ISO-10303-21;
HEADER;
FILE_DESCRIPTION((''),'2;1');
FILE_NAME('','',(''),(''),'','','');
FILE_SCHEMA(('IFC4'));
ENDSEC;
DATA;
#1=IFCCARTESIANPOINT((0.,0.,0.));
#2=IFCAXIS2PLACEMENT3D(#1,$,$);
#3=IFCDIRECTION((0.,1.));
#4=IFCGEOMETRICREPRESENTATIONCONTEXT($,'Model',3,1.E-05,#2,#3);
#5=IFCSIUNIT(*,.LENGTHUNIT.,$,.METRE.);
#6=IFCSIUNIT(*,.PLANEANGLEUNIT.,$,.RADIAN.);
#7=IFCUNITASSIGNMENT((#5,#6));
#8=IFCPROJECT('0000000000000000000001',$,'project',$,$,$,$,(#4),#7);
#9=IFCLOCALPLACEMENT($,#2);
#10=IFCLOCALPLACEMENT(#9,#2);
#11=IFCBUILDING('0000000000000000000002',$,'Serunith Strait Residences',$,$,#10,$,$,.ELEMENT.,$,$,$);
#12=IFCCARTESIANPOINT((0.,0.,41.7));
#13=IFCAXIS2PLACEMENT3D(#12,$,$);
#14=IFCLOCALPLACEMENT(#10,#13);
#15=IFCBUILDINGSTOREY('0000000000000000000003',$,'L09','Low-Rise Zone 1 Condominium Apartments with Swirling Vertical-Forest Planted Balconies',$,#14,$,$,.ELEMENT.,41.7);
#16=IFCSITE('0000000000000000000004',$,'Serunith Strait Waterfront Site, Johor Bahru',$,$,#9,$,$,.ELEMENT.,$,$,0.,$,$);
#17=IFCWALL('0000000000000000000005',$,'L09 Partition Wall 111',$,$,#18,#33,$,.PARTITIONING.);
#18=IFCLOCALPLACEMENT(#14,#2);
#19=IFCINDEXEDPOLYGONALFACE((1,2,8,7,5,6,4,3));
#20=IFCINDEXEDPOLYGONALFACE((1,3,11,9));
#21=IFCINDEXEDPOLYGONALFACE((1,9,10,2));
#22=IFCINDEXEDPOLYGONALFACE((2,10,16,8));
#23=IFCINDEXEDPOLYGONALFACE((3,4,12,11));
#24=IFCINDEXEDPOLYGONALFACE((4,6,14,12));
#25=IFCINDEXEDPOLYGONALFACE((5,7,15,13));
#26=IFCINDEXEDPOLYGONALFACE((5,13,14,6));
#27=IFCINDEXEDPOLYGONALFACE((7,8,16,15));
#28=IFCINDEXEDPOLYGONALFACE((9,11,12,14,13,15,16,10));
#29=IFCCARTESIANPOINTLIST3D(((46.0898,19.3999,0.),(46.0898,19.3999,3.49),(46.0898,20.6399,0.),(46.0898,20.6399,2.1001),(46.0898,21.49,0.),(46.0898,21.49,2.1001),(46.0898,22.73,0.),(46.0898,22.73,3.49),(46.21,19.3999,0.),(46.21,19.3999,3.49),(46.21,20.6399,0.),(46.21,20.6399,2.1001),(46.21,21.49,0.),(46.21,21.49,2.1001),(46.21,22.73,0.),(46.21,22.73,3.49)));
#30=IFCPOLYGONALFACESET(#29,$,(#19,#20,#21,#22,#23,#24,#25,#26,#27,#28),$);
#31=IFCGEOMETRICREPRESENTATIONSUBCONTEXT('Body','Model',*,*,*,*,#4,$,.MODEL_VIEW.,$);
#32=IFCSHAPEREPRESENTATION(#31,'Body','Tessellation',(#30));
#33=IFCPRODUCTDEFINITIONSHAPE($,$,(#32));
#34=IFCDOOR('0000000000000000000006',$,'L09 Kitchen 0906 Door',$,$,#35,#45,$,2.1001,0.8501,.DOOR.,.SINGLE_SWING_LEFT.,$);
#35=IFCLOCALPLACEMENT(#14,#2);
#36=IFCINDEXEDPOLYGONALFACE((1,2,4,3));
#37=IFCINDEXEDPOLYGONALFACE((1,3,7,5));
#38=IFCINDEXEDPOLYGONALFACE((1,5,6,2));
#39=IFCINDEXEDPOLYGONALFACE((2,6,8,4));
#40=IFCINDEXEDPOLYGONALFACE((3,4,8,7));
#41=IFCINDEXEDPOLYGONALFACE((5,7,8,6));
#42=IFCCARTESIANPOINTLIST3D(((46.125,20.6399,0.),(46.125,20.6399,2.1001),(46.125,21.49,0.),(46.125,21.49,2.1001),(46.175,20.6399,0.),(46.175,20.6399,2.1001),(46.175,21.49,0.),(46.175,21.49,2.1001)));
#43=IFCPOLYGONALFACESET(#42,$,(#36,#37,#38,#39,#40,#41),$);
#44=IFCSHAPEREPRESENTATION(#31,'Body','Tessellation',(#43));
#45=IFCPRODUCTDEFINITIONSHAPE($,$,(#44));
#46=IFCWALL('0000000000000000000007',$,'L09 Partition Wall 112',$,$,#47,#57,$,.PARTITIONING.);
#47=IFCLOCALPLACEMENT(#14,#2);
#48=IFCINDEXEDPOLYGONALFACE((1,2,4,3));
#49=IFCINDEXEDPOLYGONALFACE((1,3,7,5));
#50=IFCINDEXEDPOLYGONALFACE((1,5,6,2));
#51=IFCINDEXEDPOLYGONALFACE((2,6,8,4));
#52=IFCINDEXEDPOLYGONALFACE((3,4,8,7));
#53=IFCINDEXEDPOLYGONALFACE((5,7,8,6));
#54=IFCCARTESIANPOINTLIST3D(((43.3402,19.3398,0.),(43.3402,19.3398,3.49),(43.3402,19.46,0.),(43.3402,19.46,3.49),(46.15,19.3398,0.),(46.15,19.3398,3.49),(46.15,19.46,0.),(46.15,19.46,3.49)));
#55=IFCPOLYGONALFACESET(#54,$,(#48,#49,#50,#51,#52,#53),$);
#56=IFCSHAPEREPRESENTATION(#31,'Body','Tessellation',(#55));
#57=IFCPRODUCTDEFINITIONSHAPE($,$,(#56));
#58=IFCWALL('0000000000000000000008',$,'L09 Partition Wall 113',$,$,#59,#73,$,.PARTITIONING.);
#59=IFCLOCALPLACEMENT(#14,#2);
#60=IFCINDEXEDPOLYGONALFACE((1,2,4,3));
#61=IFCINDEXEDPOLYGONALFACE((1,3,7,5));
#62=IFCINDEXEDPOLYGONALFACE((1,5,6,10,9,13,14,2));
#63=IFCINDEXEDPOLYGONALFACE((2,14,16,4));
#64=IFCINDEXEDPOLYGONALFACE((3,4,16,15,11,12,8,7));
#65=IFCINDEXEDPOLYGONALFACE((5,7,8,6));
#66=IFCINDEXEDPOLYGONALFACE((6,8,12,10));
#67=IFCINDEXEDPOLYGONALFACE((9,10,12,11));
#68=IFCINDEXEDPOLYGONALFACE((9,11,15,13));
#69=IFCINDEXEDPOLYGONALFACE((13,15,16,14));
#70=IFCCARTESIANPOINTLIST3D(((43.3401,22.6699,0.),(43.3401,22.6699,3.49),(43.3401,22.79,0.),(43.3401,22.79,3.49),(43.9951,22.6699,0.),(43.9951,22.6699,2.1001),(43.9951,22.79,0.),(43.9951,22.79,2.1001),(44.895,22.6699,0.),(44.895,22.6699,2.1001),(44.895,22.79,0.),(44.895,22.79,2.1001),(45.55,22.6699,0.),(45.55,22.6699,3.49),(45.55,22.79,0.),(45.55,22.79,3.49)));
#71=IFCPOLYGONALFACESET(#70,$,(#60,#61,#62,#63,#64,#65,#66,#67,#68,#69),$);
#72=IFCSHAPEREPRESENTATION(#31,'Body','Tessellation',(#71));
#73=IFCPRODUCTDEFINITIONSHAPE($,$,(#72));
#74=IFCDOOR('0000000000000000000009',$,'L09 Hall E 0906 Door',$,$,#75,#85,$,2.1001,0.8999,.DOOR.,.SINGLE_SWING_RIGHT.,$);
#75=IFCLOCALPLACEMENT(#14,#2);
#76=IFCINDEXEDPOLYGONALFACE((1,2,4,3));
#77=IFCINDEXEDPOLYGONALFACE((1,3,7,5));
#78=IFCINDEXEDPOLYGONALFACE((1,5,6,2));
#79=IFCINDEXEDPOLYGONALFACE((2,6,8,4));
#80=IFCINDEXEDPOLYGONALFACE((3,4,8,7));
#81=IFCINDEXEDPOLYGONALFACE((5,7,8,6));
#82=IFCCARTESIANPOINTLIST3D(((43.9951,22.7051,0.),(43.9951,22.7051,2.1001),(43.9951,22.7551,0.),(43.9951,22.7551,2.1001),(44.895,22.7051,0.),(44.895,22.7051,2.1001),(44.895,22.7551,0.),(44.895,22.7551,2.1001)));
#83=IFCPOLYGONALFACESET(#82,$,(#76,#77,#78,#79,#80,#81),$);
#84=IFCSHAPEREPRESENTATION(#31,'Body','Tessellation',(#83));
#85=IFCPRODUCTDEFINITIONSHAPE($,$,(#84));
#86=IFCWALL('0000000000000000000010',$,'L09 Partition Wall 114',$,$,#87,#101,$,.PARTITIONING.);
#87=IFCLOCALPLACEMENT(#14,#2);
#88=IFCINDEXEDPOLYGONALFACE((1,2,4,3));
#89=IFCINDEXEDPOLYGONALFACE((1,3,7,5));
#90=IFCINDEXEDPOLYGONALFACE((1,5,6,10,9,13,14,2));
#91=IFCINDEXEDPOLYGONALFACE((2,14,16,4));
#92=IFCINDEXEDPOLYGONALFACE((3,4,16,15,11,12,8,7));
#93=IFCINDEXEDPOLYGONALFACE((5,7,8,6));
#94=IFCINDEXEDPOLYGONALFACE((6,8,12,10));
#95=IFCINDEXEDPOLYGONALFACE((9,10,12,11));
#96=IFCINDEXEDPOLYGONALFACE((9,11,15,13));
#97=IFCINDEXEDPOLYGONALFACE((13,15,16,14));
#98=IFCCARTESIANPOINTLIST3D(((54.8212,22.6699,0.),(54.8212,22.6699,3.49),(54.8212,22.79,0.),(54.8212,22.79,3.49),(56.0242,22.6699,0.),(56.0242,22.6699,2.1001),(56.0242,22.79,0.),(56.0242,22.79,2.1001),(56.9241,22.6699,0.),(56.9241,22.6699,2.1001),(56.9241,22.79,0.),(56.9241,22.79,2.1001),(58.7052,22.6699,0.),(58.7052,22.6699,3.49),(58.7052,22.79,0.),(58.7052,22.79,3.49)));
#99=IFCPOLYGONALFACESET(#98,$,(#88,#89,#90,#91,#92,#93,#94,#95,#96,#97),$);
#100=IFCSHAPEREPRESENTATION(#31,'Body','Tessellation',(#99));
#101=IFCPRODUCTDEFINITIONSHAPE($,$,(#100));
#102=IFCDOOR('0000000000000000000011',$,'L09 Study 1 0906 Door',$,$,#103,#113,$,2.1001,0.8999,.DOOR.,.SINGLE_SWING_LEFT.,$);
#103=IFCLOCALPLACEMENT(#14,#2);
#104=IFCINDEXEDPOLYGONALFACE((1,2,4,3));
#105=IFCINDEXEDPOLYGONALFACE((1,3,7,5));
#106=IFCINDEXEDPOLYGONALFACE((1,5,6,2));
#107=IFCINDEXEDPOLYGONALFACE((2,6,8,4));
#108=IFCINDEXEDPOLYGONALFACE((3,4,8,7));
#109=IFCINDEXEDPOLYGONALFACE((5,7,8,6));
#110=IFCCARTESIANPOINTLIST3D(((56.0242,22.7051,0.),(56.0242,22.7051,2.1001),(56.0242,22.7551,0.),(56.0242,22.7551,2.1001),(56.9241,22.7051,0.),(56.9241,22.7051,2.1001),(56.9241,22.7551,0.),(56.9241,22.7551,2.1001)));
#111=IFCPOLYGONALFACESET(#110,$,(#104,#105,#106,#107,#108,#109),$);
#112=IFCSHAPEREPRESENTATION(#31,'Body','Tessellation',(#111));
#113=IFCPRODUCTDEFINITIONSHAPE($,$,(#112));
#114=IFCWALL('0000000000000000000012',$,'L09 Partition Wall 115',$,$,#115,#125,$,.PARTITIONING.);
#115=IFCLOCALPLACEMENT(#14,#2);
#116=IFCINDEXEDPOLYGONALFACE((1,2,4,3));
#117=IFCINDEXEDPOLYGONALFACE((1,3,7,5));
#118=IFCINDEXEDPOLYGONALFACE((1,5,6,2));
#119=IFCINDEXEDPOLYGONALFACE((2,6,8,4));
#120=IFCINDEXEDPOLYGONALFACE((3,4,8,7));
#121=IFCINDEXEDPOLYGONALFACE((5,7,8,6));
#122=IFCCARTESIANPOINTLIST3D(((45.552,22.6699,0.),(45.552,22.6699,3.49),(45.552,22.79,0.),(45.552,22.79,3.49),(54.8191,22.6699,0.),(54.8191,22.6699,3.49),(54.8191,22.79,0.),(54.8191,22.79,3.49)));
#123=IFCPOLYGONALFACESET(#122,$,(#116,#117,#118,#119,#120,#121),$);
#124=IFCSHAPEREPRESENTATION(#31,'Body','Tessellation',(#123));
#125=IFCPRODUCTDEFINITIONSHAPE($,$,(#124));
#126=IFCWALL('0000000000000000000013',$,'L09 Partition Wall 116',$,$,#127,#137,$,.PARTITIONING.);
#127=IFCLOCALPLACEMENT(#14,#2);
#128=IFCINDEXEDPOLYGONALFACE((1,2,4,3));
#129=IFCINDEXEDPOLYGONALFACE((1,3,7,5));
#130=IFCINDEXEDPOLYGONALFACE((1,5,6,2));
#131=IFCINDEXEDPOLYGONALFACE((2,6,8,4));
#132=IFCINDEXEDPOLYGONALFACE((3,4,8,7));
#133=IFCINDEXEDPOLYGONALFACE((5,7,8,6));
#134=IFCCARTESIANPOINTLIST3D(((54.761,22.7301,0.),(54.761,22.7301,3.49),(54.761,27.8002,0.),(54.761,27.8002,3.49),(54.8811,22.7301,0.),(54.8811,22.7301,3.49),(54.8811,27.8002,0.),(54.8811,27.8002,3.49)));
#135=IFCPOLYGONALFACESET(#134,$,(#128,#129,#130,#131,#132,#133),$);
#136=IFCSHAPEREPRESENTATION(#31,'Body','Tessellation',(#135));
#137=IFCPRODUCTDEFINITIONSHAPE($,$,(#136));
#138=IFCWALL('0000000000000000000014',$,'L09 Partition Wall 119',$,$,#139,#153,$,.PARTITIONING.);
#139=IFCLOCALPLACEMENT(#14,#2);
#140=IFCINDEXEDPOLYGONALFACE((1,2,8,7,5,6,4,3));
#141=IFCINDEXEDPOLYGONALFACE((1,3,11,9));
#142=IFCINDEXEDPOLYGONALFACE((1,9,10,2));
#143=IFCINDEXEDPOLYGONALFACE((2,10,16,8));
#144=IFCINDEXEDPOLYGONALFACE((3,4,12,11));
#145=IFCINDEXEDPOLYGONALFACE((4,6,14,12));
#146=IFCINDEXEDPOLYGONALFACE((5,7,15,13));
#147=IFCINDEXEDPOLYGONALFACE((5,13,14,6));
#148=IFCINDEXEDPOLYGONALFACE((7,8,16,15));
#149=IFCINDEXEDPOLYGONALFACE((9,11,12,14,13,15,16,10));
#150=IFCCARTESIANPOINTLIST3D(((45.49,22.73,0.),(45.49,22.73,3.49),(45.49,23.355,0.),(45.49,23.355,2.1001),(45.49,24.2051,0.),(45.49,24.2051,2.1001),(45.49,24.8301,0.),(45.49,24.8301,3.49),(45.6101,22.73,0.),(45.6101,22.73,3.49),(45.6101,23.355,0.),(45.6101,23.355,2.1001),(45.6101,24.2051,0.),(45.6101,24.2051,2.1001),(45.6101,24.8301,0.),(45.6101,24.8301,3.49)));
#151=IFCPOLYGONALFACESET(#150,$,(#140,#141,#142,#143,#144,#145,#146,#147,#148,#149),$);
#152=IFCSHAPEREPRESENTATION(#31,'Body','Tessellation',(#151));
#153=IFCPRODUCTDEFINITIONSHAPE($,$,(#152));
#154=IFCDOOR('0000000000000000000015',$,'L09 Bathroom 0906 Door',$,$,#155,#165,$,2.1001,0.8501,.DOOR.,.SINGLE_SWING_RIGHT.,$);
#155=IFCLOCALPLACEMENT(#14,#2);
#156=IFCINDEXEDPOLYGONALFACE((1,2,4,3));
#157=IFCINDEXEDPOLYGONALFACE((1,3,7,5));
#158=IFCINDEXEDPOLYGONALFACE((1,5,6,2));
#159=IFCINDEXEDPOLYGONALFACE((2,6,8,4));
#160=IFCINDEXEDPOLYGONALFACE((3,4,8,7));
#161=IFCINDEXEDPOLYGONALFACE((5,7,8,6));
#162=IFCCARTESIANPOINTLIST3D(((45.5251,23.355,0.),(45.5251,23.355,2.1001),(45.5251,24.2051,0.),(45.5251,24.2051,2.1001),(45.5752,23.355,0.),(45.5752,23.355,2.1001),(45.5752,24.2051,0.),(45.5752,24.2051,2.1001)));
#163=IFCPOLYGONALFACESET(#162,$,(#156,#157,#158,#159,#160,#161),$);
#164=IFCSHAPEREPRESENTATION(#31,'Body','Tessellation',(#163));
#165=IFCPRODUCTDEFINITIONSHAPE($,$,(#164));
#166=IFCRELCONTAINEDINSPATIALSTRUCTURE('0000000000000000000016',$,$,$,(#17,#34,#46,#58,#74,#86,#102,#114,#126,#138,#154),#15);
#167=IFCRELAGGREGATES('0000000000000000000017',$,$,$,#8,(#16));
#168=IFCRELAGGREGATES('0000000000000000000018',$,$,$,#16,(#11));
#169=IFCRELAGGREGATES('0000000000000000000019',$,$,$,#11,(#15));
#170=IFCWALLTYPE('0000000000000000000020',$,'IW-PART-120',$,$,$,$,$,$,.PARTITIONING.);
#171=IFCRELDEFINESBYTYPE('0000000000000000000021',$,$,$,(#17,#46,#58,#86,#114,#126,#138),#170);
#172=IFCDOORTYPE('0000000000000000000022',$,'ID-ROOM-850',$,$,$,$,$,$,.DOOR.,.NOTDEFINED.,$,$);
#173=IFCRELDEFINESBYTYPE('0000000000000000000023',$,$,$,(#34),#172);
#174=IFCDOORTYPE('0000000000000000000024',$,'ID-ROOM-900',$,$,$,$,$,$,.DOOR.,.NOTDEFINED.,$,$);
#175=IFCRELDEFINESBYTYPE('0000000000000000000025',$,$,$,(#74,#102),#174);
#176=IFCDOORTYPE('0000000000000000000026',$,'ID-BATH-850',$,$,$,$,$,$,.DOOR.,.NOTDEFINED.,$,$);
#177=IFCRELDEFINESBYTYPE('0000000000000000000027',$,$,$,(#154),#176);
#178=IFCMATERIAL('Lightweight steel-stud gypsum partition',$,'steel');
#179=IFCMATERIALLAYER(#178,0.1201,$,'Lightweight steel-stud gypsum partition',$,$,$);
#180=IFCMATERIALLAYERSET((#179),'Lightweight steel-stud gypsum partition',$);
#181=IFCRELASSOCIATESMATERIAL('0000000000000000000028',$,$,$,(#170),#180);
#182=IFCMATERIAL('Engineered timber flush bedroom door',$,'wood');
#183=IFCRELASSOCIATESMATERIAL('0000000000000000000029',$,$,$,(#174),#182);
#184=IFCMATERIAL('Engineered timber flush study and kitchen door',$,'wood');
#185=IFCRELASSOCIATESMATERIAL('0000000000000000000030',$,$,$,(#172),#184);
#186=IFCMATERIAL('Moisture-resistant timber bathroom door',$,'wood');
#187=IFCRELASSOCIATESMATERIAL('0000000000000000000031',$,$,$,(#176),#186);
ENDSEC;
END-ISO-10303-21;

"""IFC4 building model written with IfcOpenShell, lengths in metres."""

from ifc_helpers import new_model, si_unit, direction, frame, frame_2d, origin, place, context, subcontext, project, spatial, rectangle, extrude, source, transform, mapped, material, layer, layer_set, type_object, element, fill, save


model = new_model("IFC4")

# Units and contexts
model_context = context("Model", 3, precision=1e-05, world=origin(), true_north=direction((0.0, 1.0)))
body_context = subcontext(model_context, "Body", "Model", "MODEL_VIEW")
ifc_project = project(units=[si_unit("LENGTHUNIT", "METRE"), si_unit("PLANEANGLEUNIT", "RADIAN")], contexts=[model_context])

# Site, building, storey
site_placement = place(None, origin())
site = spatial("IfcSite", under=ifc_project, at=site_placement, Name="Serunith Strait Waterfront Site, Johor Bahru", CompositionType="ELEMENT", RefElevation=0.0)
building_placement = place(site_placement, origin())
building = spatial("IfcBuilding", under=site, at=building_placement, Name="Serunith Strait Residences", CompositionType="ELEMENT")
storey_placement = place(building_placement, frame((0.0, 0.0, 41.7)))
storey = spatial("IfcBuildingStorey", under=building, at=storey_placement, Name="L09", Description="Low-Rise Zone 1 Condominium Apartments with Swirling Vertical-Forest Planted Balconies", CompositionType="ELEMENT", Elevation=41.7)

# Shared definitions
ifc_material_1 = material(Name="Lightweight steel-stud gypsum partition", Category="steel")
ifc_layer_1 = layer(ifc_material_1, 0.1201, Name="Lightweight steel-stud gypsum partition")
ifc_layer_set_1 = layer_set([ifc_layer_1], Name="Lightweight steel-stud gypsum partition")
wall_type_1 = type_object("IfcWallType", Name="IW-PART-120", PredefinedType="PARTITIONING", material=ifc_layer_set_1)
ifc_material_2 = material(Name="Engineered timber flush bedroom door", Category="wood")
door_type_1 = type_object("IfcDoorType", Name="ID-ROOM-900", OperationType="NOTDEFINED", PredefinedType="DOOR", material=ifc_material_2)
shared_shape_1 = source(origin(), body_context, "Body", "SweptSolid", [
    extrude(rectangle(XDim=0.8999, YDim=2.1001, at=frame_2d((0.45, 1.05))), frame((0.0, 0.0249, 0.0), z_axis=(0.0, -1.0, 0.0), x_axis=(1.0, 0.0, 0.0)), (0.0, 0.0, 1.0), 0.05),
])

# Wall, opening, door
wall_1_placement = place(storey_placement, frame((46.1499, 19.3999, 0.0), z_axis=(0.0, 0.0, 1.0), x_axis=(0.0, 1.0, 0.0)))
wall_1 = element("IfcWall", 1, at=wall_1_placement, inside=storey, type_object=wall_type_1, Name="L09 Partition Wall 111", PredefinedType="PARTITIONING", context=body_context, shape_type="SweptSolid", body=[
    extrude(rectangle(XDim=3.3301, YDim=0.1201, at=frame_2d((1.665, 0.0))), origin(), (0.0, 0.0, 1.0), 3.49),
])
opening_1_placement = place(wall_1_placement, frame((1.24, 0.0, 0.0)))
opening_1 = element("IfcOpeningElement", 2, at=opening_1_placement, cuts=wall_1, PredefinedType="OPENING", context=body_context, shape_type="SweptSolid", body=[
    extrude(rectangle(XDim=0.8501, YDim=2.1001, at=frame_2d((0.425, 1.05))), frame((0.0, 0.0701, 0.0), z_axis=(0.0, -1.0, 0.0), x_axis=(1.0, 0.0, 0.0)), (0.0, 0.0, 1.0), 0.1401),
])
ifc_material_3 = material(Name="Engineered timber flush study and kitchen door", Category="wood")
door_type_2 = type_object("IfcDoorType", Name="ID-ROOM-850", OperationType="NOTDEFINED", PredefinedType="DOOR", material=ifc_material_3)
shared_shape_2 = source(origin(), body_context, "Body", "SweptSolid", [
    extrude(rectangle(XDim=0.8501, YDim=2.1001, at=frame_2d((0.425, 1.05))), frame((0.0, 0.0249, 0.0), z_axis=(0.0, -1.0, 0.0), x_axis=(1.0, 0.0, 0.0)), (0.0, 0.0, 1.0), 0.05),
])
door_1_placement = place(opening_1_placement, origin())
door_1 = element("IfcDoor", 3, at=door_1_placement, inside=storey, type_object=door_type_2, Name="L09 Kitchen 0906 Door", OperationType="SINGLE_SWING_LEFT", OverallHeight=2.1001, OverallWidth=0.8501, PredefinedType="DOOR", context=body_context, shape_type="MappedRepresentation", body=[
    mapped(shared_shape_2, transform((0.0, 0.0, 0.0), scale=1.0)),
])
fill(opening_1, door_1)

# Wall
wall_2_placement = place(storey_placement, frame((46.1499, 19.3999, 0.0), z_axis=(0.0, 0.0, 1.0), x_axis=(-1.0, 0.0, 0.0)))
element("IfcWall", 4, at=wall_2_placement, inside=storey, type_object=wall_type_1, Name="L09 Partition Wall 112", PredefinedType="PARTITIONING", context=body_context, shape_type="SweptSolid", body=[
    extrude(rectangle(XDim=2.8098, YDim=0.1201, at=frame_2d((1.4048, 0.0))), origin(), (0.0, 0.0, 1.0), 3.49),
])

# Walls, openings, doors
wall_3_placement = place(storey_placement, frame((45.55, 22.73, 0.0), z_axis=(0.0, 0.0, 1.0), x_axis=(-1.0, 0.0, 0.0)))
wall_3 = element("IfcWall", 5, at=wall_3_placement, inside=storey, type_object=wall_type_1, Name="L09 Partition Wall 113", PredefinedType="PARTITIONING", context=body_context, shape_type="SweptSolid", body=[
    extrude(rectangle(XDim=2.21, YDim=0.1201, at=frame_2d((1.105, 0.0))), origin(), (0.0, 0.0, 1.0), 3.49),
])
opening_2_placement = place(wall_3_placement, frame((0.655, 0.0, 0.0)))
opening_2 = element("IfcOpeningElement", 6, at=opening_2_placement, cuts=wall_3, PredefinedType="OPENING", context=body_context, shape_type="SweptSolid", body=[
    extrude(rectangle(XDim=0.8999, YDim=2.1001, at=frame_2d((0.45, 1.05))), frame((0.0, 0.0701, 0.0), z_axis=(0.0, -1.0, 0.0), x_axis=(1.0, 0.0, 0.0)), (0.0, 0.0, 1.0), 0.1401),
])
door_2_placement = place(opening_2_placement, origin())
door_2 = element("IfcDoor", 7, at=door_2_placement, inside=storey, type_object=door_type_1, Name="L09 Hall E 0906 Door", OperationType="SINGLE_SWING_RIGHT", OverallHeight=2.1001, OverallWidth=0.8999, PredefinedType="DOOR", context=body_context, shape_type="MappedRepresentation", body=[
    mapped(shared_shape_1, transform((0.0, 0.0, 0.0), scale=1.0)),
])
fill(opening_2, door_2)
wall_4_placement = place(storey_placement, frame((58.7051, 22.73, 0.0), z_axis=(0.0, 0.0, 1.0), x_axis=(-1.0, 0.0, 0.0)))
wall_4 = element("IfcWall", 8, at=wall_4_placement, inside=storey, type_object=wall_type_1, Name="L09 Partition Wall 114", PredefinedType="PARTITIONING", context=body_context, shape_type="SweptSolid", body=[
    extrude(rectangle(XDim=3.884, YDim=0.1201, at=frame_2d((1.9419, 0.0))), origin(), (0.0, 0.0, 1.0), 3.49),
])
opening_3_placement = place(wall_4_placement, frame((1.781, 0.0, 0.0)))
opening_3 = element("IfcOpeningElement", 9, at=opening_3_placement, cuts=wall_4, PredefinedType="OPENING", context=body_context, shape_type="SweptSolid", body=[
    extrude(rectangle(XDim=0.8999, YDim=2.1001, at=frame_2d((0.45, 1.05))), frame((0.0, 0.0701, 0.0), z_axis=(0.0, -1.0, 0.0), x_axis=(1.0, 0.0, 0.0)), (0.0, 0.0, 1.0), 0.1401),
])
door_3_placement = place(opening_3_placement, origin())
door_3 = element("IfcDoor", 10, at=door_3_placement, inside=storey, type_object=door_type_1, Name="L09 Study 1 0906 Door", OperationType="SINGLE_SWING_LEFT", OverallHeight=2.1001, OverallWidth=0.8999, PredefinedType="DOOR", context=body_context, shape_type="MappedRepresentation", body=[
    mapped(shared_shape_1, transform((0.0, 0.0, 0.0), scale=1.0)),
])
fill(opening_3, door_3)

# Walls
wall_5_placement = place(storey_placement, frame((54.8191, 22.73, 0.0), z_axis=(0.0, 0.0, 1.0), x_axis=(-1.0, 0.0, 0.0)))
element("IfcWall", 11, at=wall_5_placement, inside=storey, type_object=wall_type_1, Name="L09 Partition Wall 115", PredefinedType="PARTITIONING", context=body_context, shape_type="SweptSolid", body=[
    extrude(rectangle(XDim=9.2671, YDim=0.1201, at=frame_2d((4.6335, 0.0))), origin(), (0.0, 0.0, 1.0), 3.49),
])
wall_6_placement = place(storey_placement, frame((54.821, 22.73, 0.0), z_axis=(0.0, 0.0, 1.0), x_axis=(0.0, 1.0, 0.0)))
element("IfcWall", 12, at=wall_6_placement, inside=storey, type_object=wall_type_1, Name="L09 Partition Wall 116", PredefinedType="PARTITIONING", context=body_context, shape_type="SweptSolid", body=[
    extrude(rectangle(XDim=5.0701, YDim=0.1201, at=frame_2d((2.5352, 0.0))), origin(), (0.0, 0.0, 1.0), 3.49),
])

# Wall, opening, door
wall_7_placement = place(storey_placement, frame((45.55, 22.73, 0.0), z_axis=(0.0, 0.0, 1.0), x_axis=(0.0, 1.0, 0.0)))
wall_7 = element("IfcWall", 13, at=wall_7_placement, inside=storey, type_object=wall_type_1, Name="L09 Partition Wall 119", PredefinedType="PARTITIONING", context=body_context, shape_type="SweptSolid", body=[
    extrude(rectangle(XDim=2.1001, YDim=0.1201, at=frame_2d((1.05, 0.0))), origin(), (0.0, 0.0, 1.0), 3.49),
])
opening_4_placement = place(wall_7_placement, frame((0.625, 0.0, 0.0)))
opening_4 = element("IfcOpeningElement", 14, at=opening_4_placement, cuts=wall_7, PredefinedType="OPENING", context=body_context, shape_type="SweptSolid", body=[
    extrude(rectangle(XDim=0.8501, YDim=2.1001, at=frame_2d((0.425, 1.05))), frame((0.0, 0.0701, 0.0), z_axis=(0.0, -1.0, 0.0), x_axis=(1.0, 0.0, 0.0)), (0.0, 0.0, 1.0), 0.1401),
])
ifc_material_4 = material(Name="Moisture-resistant timber bathroom door", Category="wood")
door_type_3 = type_object("IfcDoorType", Name="ID-BATH-850", OperationType="NOTDEFINED", PredefinedType="DOOR", material=ifc_material_4)
door_4_placement = place(opening_4_placement, origin())
door_4 = element("IfcDoor", 15, at=door_4_placement, inside=storey, type_object=door_type_3, Name="L09 Bathroom 0906 Door", OperationType="SINGLE_SWING_RIGHT", OverallHeight=2.1001, OverallWidth=0.8501, PredefinedType="DOOR", context=body_context, shape_type="MappedRepresentation", body=[
    mapped(shared_shape_2, transform((0.0, 0.0, 0.0), scale=1.0)),
])
fill(opening_4, door_4)

save(model, "model.ifc")
